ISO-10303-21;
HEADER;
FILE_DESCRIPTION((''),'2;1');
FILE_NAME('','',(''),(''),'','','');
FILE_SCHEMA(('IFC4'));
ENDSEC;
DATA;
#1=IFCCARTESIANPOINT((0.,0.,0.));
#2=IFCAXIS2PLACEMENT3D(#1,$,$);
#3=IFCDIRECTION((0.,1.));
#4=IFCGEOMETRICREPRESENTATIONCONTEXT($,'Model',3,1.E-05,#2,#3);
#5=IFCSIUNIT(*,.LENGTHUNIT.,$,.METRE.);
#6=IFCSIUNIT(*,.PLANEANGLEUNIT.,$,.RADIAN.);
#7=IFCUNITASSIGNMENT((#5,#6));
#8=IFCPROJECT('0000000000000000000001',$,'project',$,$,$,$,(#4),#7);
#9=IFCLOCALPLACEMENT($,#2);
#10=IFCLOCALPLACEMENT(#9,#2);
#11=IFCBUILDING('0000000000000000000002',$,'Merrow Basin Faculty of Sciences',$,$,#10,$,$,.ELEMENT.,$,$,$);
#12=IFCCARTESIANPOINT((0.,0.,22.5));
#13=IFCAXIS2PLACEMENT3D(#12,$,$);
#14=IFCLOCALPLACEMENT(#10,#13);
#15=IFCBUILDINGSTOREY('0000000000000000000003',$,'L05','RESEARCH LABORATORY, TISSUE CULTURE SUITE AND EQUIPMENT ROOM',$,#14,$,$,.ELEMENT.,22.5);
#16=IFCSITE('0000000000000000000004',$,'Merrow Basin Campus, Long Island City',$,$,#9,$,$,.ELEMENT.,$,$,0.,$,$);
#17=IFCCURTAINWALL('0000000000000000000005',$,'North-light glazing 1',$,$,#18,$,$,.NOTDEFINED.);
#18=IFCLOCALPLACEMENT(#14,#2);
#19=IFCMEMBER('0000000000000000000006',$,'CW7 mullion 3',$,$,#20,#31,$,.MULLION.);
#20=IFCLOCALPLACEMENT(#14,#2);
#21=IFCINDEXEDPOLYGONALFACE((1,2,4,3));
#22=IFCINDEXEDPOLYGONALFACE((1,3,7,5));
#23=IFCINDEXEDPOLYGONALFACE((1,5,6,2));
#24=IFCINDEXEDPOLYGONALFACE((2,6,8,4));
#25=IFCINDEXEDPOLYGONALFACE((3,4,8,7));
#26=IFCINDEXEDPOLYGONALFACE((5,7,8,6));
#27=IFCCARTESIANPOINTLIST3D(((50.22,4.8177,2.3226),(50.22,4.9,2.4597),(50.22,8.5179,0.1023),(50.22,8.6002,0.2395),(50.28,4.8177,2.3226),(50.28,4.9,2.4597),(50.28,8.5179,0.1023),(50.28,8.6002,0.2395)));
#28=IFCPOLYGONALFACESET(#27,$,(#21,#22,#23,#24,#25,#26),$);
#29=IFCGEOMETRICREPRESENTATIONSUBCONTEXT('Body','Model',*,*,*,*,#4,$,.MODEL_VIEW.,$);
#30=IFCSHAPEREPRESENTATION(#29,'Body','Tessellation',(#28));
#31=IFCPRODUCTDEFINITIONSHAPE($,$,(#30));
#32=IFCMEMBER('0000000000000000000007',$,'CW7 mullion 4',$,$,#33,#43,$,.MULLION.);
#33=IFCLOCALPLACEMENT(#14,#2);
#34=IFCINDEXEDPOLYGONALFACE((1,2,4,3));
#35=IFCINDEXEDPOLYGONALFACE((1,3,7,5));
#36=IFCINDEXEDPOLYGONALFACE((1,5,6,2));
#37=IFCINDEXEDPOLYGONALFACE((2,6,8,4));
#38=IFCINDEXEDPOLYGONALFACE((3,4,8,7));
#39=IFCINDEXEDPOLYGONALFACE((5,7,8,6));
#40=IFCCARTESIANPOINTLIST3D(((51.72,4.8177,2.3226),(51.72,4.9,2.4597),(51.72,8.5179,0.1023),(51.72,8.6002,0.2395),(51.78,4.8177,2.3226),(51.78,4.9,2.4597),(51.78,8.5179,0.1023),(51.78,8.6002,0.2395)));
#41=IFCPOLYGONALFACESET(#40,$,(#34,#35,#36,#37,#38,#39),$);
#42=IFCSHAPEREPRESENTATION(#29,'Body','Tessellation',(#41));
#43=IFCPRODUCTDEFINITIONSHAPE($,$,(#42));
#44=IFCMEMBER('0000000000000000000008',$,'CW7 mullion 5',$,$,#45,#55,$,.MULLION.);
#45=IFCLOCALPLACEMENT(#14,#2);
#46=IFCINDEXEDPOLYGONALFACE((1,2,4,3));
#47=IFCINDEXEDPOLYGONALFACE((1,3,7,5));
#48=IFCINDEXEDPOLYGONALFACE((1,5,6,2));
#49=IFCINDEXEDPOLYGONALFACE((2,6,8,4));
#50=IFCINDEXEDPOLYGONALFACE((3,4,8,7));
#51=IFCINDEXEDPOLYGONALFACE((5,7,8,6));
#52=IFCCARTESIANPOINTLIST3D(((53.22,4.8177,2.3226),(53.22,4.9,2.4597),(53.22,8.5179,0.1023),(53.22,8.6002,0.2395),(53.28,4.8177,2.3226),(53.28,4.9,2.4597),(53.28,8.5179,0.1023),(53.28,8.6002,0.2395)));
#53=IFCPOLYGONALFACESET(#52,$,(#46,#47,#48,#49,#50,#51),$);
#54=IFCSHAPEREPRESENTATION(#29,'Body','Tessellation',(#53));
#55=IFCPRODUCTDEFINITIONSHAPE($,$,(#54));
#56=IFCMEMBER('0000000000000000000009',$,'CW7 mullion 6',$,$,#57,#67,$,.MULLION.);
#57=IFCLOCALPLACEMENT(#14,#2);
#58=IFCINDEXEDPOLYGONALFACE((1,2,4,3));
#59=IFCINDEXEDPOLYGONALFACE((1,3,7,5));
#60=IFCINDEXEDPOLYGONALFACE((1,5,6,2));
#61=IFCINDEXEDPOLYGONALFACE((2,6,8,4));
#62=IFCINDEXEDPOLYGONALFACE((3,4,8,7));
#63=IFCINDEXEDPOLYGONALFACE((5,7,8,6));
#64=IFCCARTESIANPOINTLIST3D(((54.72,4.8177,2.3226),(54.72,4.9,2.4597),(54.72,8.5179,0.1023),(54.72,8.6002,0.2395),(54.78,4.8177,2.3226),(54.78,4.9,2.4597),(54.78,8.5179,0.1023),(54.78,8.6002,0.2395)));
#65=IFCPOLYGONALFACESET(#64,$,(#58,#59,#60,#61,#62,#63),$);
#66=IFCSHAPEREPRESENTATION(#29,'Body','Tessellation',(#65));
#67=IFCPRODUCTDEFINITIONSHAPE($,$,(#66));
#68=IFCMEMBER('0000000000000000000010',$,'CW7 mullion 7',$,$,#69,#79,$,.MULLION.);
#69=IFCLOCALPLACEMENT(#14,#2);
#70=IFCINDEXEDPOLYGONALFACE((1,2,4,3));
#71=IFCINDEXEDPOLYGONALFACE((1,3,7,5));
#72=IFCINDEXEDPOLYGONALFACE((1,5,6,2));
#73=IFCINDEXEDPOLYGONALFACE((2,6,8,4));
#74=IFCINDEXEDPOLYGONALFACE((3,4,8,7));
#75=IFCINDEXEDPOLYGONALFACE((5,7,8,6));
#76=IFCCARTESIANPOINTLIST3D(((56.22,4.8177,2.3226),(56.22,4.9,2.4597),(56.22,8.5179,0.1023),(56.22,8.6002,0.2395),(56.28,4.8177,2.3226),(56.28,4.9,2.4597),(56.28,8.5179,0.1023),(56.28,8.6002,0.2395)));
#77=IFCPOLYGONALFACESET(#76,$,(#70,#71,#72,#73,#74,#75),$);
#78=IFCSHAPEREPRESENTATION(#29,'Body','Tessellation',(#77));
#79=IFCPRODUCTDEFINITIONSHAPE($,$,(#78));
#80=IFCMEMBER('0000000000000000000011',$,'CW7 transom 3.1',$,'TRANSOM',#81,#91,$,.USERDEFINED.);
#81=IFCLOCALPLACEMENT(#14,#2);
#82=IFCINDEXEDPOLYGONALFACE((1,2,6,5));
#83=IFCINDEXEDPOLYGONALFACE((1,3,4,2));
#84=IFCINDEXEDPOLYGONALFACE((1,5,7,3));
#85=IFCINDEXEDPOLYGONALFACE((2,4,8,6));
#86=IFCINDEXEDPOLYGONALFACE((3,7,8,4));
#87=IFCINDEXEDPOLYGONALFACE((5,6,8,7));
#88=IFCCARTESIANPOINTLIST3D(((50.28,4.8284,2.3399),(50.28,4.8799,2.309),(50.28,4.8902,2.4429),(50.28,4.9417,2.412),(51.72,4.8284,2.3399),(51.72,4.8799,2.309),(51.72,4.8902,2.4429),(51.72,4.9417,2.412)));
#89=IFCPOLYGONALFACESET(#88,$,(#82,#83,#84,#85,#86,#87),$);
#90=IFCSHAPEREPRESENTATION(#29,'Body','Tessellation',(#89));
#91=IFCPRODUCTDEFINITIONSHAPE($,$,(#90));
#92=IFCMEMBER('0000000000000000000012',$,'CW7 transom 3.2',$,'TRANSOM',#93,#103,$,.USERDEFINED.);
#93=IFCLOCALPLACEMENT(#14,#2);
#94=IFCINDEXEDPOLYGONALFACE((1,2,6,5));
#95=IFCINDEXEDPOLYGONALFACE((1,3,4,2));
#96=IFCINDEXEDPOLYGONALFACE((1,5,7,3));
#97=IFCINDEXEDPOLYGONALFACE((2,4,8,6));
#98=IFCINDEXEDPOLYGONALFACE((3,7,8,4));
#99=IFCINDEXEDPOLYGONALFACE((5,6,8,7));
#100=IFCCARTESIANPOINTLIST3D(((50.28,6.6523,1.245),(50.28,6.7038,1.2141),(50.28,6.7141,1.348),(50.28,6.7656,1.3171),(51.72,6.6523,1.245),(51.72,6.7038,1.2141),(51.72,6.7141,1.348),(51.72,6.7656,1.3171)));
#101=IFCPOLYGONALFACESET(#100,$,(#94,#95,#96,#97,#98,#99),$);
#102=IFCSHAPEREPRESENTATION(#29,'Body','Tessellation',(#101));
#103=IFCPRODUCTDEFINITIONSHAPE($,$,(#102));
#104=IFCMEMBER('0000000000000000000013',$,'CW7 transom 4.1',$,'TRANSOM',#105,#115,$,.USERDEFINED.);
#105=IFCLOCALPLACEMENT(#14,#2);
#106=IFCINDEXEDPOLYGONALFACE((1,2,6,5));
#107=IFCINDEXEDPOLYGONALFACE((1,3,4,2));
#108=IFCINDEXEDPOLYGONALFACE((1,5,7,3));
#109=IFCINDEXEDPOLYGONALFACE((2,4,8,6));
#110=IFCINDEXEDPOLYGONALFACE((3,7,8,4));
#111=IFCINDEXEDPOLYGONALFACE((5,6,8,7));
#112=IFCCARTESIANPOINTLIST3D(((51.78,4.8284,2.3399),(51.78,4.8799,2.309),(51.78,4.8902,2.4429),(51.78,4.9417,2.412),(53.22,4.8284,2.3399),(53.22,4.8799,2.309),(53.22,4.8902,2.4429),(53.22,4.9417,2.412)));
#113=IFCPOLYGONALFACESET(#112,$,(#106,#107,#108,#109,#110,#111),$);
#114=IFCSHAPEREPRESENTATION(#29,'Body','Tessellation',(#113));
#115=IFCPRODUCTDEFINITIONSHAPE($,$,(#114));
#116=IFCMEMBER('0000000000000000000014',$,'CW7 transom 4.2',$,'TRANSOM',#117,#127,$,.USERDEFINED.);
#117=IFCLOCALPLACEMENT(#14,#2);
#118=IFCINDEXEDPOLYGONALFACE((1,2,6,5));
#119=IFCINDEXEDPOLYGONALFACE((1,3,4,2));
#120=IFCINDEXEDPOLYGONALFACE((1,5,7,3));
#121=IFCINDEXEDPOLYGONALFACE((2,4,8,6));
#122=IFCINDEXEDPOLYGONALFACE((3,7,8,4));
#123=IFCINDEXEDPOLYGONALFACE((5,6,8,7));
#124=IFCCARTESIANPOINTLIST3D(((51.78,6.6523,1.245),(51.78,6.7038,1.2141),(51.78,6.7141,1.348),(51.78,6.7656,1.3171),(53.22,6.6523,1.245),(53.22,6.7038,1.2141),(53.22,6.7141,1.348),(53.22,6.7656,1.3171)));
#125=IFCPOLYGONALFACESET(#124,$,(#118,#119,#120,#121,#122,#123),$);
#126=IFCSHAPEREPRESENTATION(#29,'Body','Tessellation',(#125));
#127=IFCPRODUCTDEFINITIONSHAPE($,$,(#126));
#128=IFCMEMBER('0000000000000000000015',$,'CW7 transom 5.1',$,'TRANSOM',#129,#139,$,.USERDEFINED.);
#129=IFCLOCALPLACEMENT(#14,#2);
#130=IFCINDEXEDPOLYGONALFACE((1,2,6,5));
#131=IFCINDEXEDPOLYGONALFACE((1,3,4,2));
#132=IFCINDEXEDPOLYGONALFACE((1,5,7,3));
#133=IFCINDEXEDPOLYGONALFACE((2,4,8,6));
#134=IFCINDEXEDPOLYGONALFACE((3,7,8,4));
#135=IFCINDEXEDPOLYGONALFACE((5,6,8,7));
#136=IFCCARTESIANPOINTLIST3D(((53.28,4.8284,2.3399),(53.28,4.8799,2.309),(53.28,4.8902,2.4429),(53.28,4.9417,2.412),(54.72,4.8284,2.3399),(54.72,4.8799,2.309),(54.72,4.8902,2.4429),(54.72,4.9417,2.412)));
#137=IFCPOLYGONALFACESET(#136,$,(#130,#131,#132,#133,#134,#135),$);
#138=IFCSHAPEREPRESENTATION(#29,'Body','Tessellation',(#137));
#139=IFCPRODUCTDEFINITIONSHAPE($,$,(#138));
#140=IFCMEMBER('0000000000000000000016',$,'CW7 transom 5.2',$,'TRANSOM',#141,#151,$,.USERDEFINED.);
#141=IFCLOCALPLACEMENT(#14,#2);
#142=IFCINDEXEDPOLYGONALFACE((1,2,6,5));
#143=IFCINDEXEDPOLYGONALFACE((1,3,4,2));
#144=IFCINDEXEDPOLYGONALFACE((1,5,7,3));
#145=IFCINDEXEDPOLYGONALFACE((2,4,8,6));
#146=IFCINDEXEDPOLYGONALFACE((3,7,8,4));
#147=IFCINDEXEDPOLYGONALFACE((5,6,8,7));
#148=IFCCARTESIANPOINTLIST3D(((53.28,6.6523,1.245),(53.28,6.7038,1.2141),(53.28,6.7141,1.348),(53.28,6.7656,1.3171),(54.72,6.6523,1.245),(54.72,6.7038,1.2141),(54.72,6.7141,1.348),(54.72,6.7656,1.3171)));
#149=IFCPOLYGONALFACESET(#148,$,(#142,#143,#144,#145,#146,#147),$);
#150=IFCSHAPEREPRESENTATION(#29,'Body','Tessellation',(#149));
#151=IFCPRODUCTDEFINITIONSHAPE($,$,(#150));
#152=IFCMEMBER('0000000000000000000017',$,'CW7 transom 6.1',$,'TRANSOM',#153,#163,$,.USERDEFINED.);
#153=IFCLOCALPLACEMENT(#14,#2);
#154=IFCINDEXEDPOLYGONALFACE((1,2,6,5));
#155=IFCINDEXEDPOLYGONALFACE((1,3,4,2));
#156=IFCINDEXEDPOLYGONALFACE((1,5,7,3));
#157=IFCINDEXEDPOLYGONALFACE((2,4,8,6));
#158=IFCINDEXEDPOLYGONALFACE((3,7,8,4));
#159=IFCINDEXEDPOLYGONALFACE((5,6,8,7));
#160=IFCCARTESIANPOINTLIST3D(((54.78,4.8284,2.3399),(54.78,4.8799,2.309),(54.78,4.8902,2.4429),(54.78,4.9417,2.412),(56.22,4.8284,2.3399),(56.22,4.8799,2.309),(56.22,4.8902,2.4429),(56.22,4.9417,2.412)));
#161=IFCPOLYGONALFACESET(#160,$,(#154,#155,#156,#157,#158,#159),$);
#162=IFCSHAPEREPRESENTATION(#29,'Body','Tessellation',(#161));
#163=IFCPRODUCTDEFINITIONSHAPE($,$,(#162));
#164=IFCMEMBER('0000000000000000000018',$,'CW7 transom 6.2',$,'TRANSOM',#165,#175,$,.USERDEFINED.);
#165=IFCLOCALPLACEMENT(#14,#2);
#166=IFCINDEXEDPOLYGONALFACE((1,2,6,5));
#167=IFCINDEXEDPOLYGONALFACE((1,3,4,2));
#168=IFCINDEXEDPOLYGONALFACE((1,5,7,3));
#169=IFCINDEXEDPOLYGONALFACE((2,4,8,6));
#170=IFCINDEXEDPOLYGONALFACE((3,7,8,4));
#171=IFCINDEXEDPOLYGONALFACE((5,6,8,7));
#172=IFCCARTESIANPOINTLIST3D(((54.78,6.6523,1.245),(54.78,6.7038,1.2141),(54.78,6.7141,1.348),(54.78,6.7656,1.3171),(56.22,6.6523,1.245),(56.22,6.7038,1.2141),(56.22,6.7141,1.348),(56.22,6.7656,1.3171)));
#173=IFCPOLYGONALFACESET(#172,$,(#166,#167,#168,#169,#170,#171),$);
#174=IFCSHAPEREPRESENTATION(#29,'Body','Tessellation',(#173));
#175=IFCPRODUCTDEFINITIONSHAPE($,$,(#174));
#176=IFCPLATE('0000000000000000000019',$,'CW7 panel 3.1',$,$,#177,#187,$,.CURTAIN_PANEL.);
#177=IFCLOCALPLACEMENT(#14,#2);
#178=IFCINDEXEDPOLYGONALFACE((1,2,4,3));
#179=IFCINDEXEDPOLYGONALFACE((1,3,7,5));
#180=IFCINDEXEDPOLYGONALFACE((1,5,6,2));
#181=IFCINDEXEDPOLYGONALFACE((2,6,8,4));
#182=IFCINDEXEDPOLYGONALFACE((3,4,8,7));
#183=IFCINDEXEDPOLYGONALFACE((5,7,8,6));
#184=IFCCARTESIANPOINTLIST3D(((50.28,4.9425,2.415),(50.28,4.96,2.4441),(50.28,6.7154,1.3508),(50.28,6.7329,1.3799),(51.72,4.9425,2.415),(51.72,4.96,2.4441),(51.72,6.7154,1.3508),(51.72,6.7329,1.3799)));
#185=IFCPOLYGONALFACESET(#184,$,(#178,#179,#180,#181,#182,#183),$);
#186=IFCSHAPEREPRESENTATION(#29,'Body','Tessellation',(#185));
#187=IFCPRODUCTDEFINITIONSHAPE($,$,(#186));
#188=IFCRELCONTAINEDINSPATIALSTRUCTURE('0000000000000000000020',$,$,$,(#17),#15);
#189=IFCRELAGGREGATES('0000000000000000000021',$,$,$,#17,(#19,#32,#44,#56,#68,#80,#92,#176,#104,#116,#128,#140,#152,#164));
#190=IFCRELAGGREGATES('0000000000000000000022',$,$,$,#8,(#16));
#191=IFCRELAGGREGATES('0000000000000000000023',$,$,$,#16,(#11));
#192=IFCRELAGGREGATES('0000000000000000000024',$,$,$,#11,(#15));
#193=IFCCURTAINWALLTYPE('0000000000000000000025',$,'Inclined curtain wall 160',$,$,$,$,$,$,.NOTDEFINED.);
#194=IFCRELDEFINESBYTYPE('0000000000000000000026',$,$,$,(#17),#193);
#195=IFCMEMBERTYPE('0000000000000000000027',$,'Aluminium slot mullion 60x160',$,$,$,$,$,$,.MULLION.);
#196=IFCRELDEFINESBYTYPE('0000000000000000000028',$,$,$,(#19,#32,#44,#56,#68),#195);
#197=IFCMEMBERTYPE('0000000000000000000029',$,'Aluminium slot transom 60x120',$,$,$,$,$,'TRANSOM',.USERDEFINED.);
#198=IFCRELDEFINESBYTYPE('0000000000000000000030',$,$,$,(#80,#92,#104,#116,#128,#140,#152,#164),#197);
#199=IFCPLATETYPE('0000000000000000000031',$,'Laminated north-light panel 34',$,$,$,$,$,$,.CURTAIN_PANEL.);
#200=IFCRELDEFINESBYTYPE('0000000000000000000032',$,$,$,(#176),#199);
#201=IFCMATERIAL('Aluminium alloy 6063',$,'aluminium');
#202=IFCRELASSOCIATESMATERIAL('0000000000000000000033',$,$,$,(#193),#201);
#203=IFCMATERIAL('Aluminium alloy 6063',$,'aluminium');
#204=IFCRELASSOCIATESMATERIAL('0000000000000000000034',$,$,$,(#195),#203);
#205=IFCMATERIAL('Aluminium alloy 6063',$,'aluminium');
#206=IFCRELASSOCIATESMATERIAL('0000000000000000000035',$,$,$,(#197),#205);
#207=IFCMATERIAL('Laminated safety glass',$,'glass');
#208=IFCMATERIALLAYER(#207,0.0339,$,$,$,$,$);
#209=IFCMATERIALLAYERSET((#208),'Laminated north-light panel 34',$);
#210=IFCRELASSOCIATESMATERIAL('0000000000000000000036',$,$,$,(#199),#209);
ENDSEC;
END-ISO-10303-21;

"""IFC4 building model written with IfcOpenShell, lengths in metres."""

from ifc_helpers import new_model, si_unit, direction, frame, origin, origin_2d, place, context, subcontext, project, spatial, polyline, rectangle, outline, extrude, material, layer, layer_set, material_profile, profile_set, type_object, element, aggregate, save


model = new_model("IFC4")

# Units and contexts
model_context = context("Model", 3, precision=1e-05, world=origin(), true_north=direction((0.0, 1.0)))
body_context = subcontext(model_context, "Body", "Model", "MODEL_VIEW")
ifc_project = project(units=[si_unit("LENGTHUNIT", "METRE"), si_unit("PLANEANGLEUNIT", "RADIAN")], contexts=[model_context])

# Site, building, storey
site_placement = place(None, origin())
site = spatial("IfcSite", under=ifc_project, at=site_placement, Name="Merrow Basin Campus, Long Island City", CompositionType="ELEMENT", RefElevation=0.0)
building_placement = place(site_placement, origin())
building = spatial("IfcBuilding", under=site, at=building_placement, Name="Merrow Basin Faculty of Sciences", CompositionType="ELEMENT")
storey_placement = place(building_placement, frame((0.0, 0.0, 22.5)))
storey = spatial("IfcBuildingStorey", under=building, at=storey_placement, Name="L05", Description="RESEARCH LABORATORY, TISSUE CULTURE SUITE AND EQUIPMENT ROOM", CompositionType="ELEMENT", Elevation=22.5)

# Curtain wall, members, plate
ifc_material_1 = material(Name="Aluminium alloy 6063", Category="aluminium")
curtain_wall_type = type_object("IfcCurtainWallType", Name="Inclined curtain wall 160", PredefinedType="NOTDEFINED", material=ifc_material_1)
curtain_wall_placement = place(storey_placement, origin())
curtain_wall = element("IfcCurtainWall", 1, at=curtain_wall_placement, inside=storey, type_object=curtain_wall_type, Name="North-light glazing 1", PredefinedType="NOTDEFINED")
ifc_material_2 = material(Name="Aluminium alloy 6063", Category="aluminium")
ifc_material_profile_1 = material_profile(ifc_material_2, rectangle(XDim=0.0601, YDim=0.1599, at=origin_2d()))
ifc_profile_set_1 = profile_set([ifc_material_profile_1], Name="Aluminium alloy 6063")
member_type_1 = type_object("IfcMemberType", Name="Aluminium slot mullion 60x160", PredefinedType="MULLION", material=ifc_profile_set_1)
member_1_placement = place(storey_placement, frame((50.25, 4.8589, 2.3911), z_axis=(0.0, 0.857483, -0.514512), x_axis=(-1.0, 0.0, 0.0)))
member_1 = element("IfcMember", 2, at=member_1_placement, type_object=member_type_1, Name="CW7 mullion 3", PredefinedType="MULLION", context=body_context, shape_type="SweptSolid", body=[
    extrude(rectangle(XDim=0.0601, YDim=0.1599, at=origin_2d()), origin(), (0.0, 0.0, 1.0), 4.3152),
])
member_2_placement = place(storey_placement, frame((51.75, 4.8589, 2.3911), z_axis=(0.0, 0.857483, -0.514512), x_axis=(-1.0, 0.0, 0.0)))
member_2 = element("IfcMember", 3, at=member_2_placement, type_object=member_type_1, Name="CW7 mullion 4", PredefinedType="MULLION", context=body_context, shape_type="SweptSolid", body=[
    extrude(rectangle(XDim=0.0601, YDim=0.1599, at=origin_2d()), origin(), (0.0, 0.0, 1.0), 4.3152),
])
member_3_placement = place(storey_placement, frame((53.25, 4.8589, 2.3911), z_axis=(0.0, 0.857483, -0.514512), x_axis=(-1.0, 0.0, 0.0)))
member_3 = element("IfcMember", 4, at=member_3_placement, type_object=member_type_1, Name="CW7 mullion 5", PredefinedType="MULLION", context=body_context, shape_type="SweptSolid", body=[
    extrude(rectangle(XDim=0.0601, YDim=0.1599, at=origin_2d()), origin(), (0.0, 0.0, 1.0), 4.3152),
])
member_4_placement = place(storey_placement, frame((54.75, 4.8589, 2.3911), z_axis=(0.0, 0.857483, -0.514512), x_axis=(-1.0, 0.0, 0.0)))
member_4 = element("IfcMember", 5, at=member_4_placement, type_object=member_type_1, Name="CW7 mullion 6", PredefinedType="MULLION", context=body_context, shape_type="SweptSolid", body=[
    extrude(rectangle(XDim=0.0601, YDim=0.1599, at=origin_2d()), origin(), (0.0, 0.0, 1.0), 4.3152),
])
member_5_placement = place(storey_placement, frame((56.25, 4.8589, 2.3911), z_axis=(0.0, 0.857483, -0.514512), x_axis=(-1.0, 0.0, 0.0)))
member_5 = element("IfcMember", 6, at=member_5_placement, type_object=member_type_1, Name="CW7 mullion 7", PredefinedType="MULLION", context=body_context, shape_type="SweptSolid", body=[
    extrude(rectangle(XDim=0.0601, YDim=0.1599, at=origin_2d()), origin(), (0.0, 0.0, 1.0), 4.3152),
])
ifc_material_3 = material(Name="Aluminium alloy 6063", Category="aluminium")
ifc_material_profile_2 = material_profile(ifc_material_3, rectangle(XDim=0.0601, YDim=0.1201, at=origin_2d()))
ifc_profile_set_2 = profile_set([ifc_material_profile_2], Name="Aluminium alloy 6063")
member_type_2 = type_object("IfcMemberType", Name="Aluminium slot transom 60x120", ElementType="TRANSOM", PredefinedType="USERDEFINED", material=ifc_profile_set_2)
member_6_placement = place(storey_placement, frame((50.28, 4.885, 2.376), z_axis=(1.0, 0.0, 0.0), x_axis=(0.0, 0.857493, -0.514496)))
member_6 = element("IfcMember", 7, at=member_6_placement, type_object=member_type_2, Name="CW7 transom 3.1", ObjectType="TRANSOM", PredefinedType="USERDEFINED", context=body_context, shape_type="SweptSolid", body=[
    extrude(rectangle(XDim=0.0601, YDim=0.1201, at=origin_2d()), origin(), (0.0, 0.0, 1.0), 1.4399),
])
member_7_placement = place(storey_placement, frame((50.28, 6.709, 1.281), z_axis=(1.0, 0.0, 0.0), x_axis=(0.0, 0.857493, -0.514496)))
member_7 = element("IfcMember", 8, at=member_7_placement, type_object=member_type_2, Name="CW7 transom 3.2", ObjectType="TRANSOM", PredefinedType="USERDEFINED", context=body_context, shape_type="SweptSolid", body=[
    extrude(rectangle(XDim=0.0601, YDim=0.1201, at=origin_2d()), origin(), (0.0, 0.0, 1.0), 1.4399),
])
member_8_placement = place(storey_placement, frame((51.78, 4.885, 2.376), z_axis=(1.0, 0.0, 0.0), x_axis=(0.0, 0.857493, -0.514496)))
member_8 = element("IfcMember", 9, at=member_8_placement, type_object=member_type_2, Name="CW7 transom 4.1", ObjectType="TRANSOM", PredefinedType="USERDEFINED", context=body_context, shape_type="SweptSolid", body=[
    extrude(rectangle(XDim=0.0601, YDim=0.1201, at=origin_2d()), origin(), (0.0, 0.0, 1.0), 1.4399),
])
member_9_placement = place(storey_placement, frame((51.78, 6.709, 1.281), z_axis=(1.0, 0.0, 0.0), x_axis=(0.0, 0.857493, -0.514496)))
member_9 = element("IfcMember", 10, at=member_9_placement, type_object=member_type_2, Name="CW7 transom 4.2", ObjectType="TRANSOM", PredefinedType="USERDEFINED", context=body_context, shape_type="SweptSolid", body=[
    extrude(rectangle(XDim=0.0601, YDim=0.1201, at=origin_2d()), origin(), (0.0, 0.0, 1.0), 1.4399),
])
member_10_placement = place(storey_placement, frame((53.28, 4.885, 2.376), z_axis=(1.0, 0.0, 0.0), x_axis=(0.0, 0.857493, -0.514496)))
member_10 = element("IfcMember", 11, at=member_10_placement, type_object=member_type_2, Name="CW7 transom 5.1", ObjectType="TRANSOM", PredefinedType="USERDEFINED", context=body_context, shape_type="SweptSolid", body=[
    extrude(rectangle(XDim=0.0601, YDim=0.1201, at=origin_2d()), origin(), (0.0, 0.0, 1.0), 1.4399),
])
member_11_placement = place(storey_placement, frame((53.28, 6.709, 1.281), z_axis=(1.0, 0.0, 0.0), x_axis=(0.0, 0.857493, -0.514496)))
member_11 = element("IfcMember", 12, at=member_11_placement, type_object=member_type_2, Name="CW7 transom 5.2", ObjectType="TRANSOM", PredefinedType="USERDEFINED", context=body_context, shape_type="SweptSolid", body=[
    extrude(rectangle(XDim=0.0601, YDim=0.1201, at=origin_2d()), origin(), (0.0, 0.0, 1.0), 1.4399),
])
member_12_placement = place(storey_placement, frame((54.78, 4.885, 2.376), z_axis=(1.0, 0.0, 0.0), x_axis=(0.0, 0.857493, -0.514496)))
member_12 = element("IfcMember", 13, at=member_12_placement, type_object=member_type_2, Name="CW7 transom 6.1", ObjectType="TRANSOM", PredefinedType="USERDEFINED", context=body_context, shape_type="SweptSolid", body=[
    extrude(rectangle(XDim=0.0601, YDim=0.1201, at=origin_2d()), origin(), (0.0, 0.0, 1.0), 1.4399),
])
member_13_placement = place(storey_placement, frame((54.78, 6.709, 1.281), z_axis=(1.0, 0.0, 0.0), x_axis=(0.0, 0.857493, -0.514496)))
member_13 = element("IfcMember", 14, at=member_13_placement, type_object=member_type_2, Name="CW7 transom 6.2", ObjectType="TRANSOM", PredefinedType="USERDEFINED", context=body_context, shape_type="SweptSolid", body=[
    extrude(rectangle(XDim=0.0601, YDim=0.1201, at=origin_2d()), origin(), (0.0, 0.0, 1.0), 1.4399),
])
ifc_material_4 = material(Name="Laminated safety glass", Category="glass")
ifc_layer = layer(ifc_material_4, 0.0339)
ifc_layer_set = layer_set([ifc_layer], Name="Laminated north-light panel 34")
plate_type = type_object("IfcPlateType", Name="Laminated north-light panel 34", PredefinedType="CURTAIN_PANEL", material=ifc_layer_set)
plate_1_placement = place(storey_placement, frame((50.28, 4.96, 2.4441), z_axis=(0.0, 0.514652, 0.857399), x_axis=(1.0, 0.0, 0.0)))
plate_1 = element("IfcPlate", 15, at=plate_1_placement, type_object=plate_type, Name="CW7 panel 3.1", PredefinedType="CURTAIN_PANEL", context=body_context, shape_type="SweptSolid", body=[
    extrude(outline(polyline([(0.0, 0.0), (1.4399, 0.0), (1.4399, 2.0678), (0.0, 2.0678), (0.0, 0.0)])), origin(), (0.0, 0.0, -1.0), 0.0339),
])
aggregate(curtain_wall, [member_1, member_2, member_3, member_4, member_5, member_6, member_7, plate_1, member_8, member_9, member_10, member_11, member_12, member_13])

save(model, "model.ifc")
